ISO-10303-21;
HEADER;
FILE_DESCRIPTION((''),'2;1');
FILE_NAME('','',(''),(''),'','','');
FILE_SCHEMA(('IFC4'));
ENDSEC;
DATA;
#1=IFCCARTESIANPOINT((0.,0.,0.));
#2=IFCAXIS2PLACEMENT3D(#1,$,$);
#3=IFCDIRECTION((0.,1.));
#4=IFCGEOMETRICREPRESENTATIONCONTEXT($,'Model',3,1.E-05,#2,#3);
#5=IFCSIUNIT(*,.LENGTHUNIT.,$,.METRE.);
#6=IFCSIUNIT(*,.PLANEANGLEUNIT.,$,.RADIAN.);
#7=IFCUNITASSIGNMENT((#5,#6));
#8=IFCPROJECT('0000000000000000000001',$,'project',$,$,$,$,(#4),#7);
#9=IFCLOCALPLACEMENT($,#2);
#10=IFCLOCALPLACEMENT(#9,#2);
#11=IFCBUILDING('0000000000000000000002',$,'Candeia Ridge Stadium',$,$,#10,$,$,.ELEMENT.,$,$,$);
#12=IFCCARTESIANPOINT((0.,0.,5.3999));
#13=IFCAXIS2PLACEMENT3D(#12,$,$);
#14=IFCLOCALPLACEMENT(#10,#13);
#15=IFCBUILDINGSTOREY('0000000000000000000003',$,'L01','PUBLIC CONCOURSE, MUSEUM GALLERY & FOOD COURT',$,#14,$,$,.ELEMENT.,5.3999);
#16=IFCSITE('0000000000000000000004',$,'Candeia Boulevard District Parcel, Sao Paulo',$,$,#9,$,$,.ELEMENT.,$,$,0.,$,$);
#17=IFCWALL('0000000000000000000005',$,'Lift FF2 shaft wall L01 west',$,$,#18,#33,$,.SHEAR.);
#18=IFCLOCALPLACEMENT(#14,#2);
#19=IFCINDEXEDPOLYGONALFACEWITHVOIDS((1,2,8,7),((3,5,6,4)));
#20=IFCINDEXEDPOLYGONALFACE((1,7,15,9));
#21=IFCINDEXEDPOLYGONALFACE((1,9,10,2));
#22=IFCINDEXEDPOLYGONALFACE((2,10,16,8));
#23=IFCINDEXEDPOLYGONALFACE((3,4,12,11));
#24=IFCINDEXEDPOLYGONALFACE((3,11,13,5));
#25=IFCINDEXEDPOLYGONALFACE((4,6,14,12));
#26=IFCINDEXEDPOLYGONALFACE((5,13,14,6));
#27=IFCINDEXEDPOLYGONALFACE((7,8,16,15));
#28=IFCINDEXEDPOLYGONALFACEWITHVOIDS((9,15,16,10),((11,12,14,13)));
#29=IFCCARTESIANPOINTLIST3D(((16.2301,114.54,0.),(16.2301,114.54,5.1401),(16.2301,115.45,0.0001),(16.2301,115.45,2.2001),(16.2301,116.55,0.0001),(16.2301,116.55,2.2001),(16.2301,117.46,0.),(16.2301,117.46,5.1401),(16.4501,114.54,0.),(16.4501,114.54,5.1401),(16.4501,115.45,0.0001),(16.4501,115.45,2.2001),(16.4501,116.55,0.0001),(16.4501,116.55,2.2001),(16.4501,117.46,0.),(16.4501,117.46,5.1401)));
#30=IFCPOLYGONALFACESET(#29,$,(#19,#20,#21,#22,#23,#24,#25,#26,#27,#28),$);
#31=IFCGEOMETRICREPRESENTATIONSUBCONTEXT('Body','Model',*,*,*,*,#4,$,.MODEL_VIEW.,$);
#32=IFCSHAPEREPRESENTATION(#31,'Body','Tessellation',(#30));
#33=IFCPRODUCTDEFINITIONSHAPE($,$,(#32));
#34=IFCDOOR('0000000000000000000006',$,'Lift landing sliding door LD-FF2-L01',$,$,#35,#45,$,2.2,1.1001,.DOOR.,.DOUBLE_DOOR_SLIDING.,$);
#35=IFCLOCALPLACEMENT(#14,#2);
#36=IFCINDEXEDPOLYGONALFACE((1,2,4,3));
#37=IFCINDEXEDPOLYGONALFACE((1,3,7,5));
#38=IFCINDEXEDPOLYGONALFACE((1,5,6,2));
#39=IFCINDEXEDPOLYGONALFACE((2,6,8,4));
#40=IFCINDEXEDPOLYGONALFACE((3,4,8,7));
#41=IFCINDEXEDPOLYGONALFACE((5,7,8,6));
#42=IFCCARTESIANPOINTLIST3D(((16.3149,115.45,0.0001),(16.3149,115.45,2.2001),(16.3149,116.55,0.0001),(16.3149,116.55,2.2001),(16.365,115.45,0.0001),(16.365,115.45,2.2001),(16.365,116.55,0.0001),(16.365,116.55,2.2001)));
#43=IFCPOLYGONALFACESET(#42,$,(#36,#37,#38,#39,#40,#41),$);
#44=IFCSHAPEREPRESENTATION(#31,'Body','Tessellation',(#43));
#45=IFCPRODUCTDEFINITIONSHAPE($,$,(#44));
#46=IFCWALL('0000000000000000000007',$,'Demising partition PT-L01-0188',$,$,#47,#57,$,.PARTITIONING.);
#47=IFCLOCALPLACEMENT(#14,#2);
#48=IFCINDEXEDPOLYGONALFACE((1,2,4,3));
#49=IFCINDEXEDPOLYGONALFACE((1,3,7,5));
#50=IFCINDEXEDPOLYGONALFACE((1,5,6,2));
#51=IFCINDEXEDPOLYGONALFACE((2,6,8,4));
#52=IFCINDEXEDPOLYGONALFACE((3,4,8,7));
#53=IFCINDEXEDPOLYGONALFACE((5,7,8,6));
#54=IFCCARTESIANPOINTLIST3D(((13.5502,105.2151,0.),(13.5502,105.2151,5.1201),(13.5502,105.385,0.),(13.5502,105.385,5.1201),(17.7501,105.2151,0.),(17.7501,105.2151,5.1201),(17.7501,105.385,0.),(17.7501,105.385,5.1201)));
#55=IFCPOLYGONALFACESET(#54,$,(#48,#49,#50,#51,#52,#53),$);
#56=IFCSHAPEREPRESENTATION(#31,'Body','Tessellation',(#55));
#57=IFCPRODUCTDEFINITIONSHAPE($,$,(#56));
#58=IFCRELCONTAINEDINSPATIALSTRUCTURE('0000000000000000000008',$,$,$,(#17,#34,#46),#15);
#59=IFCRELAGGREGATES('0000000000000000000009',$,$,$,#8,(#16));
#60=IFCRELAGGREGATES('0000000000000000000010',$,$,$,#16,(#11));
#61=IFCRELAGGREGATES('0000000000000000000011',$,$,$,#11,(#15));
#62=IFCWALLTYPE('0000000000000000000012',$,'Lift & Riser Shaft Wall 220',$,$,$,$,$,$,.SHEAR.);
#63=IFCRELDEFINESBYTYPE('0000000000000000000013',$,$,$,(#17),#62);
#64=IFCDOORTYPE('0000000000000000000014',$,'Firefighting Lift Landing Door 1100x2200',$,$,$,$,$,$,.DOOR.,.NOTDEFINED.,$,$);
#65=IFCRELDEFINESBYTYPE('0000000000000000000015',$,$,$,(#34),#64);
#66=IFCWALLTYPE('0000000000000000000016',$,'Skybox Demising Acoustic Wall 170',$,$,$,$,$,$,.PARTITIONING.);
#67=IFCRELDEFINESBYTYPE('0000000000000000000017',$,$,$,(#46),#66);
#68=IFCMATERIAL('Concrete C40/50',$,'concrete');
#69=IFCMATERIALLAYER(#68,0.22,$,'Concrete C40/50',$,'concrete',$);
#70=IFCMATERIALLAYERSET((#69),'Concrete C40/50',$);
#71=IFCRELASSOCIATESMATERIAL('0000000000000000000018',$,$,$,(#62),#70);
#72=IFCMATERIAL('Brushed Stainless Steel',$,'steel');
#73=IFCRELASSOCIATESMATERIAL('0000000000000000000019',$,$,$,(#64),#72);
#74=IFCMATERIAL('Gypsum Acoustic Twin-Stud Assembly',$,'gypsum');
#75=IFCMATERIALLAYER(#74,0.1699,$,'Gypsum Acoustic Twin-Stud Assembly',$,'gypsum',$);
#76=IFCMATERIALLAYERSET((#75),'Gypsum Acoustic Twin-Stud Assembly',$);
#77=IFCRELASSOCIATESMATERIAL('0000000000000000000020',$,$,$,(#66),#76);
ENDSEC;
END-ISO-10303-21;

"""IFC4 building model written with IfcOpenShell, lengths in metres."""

from ifc_helpers import new_model, si_unit, direction, frame, frame_2d, origin, place, context, subcontext, project, spatial, rectangle, extrude, material, layer, layer_set, type_object, element, fill, save


model = new_model("IFC4")

# Units and contexts
model_context = context("Model", 3, precision=1e-05, world=origin(), true_north=direction((0.0, 1.0)))
body_context = subcontext(model_context, "Body", "Model", "MODEL_VIEW")
ifc_project = project(units=[si_unit("LENGTHUNIT", "METRE"), si_unit("PLANEANGLEUNIT", "RADIAN")], contexts=[model_context])

# Site, building, storey
site_placement = place(None, origin())
site = spatial("IfcSite", under=ifc_project, at=site_placement, Name="Candeia Boulevard District Parcel, Sao Paulo", CompositionType="ELEMENT", RefElevation=0.0)
building_placement = place(site_placement, origin())
building = spatial("IfcBuilding", under=site, at=building_placement, Name="Candeia Ridge Stadium", CompositionType="ELEMENT")
storey_placement = place(building_placement, frame((0.0, 0.0, 5.3999)))
storey = spatial("IfcBuildingStorey", under=building, at=storey_placement, Name="L01", Description="PUBLIC CONCOURSE, MUSEUM GALLERY & FOOD COURT", CompositionType="ELEMENT", Elevation=5.3999)

# Shared definitions
ifc_material_1 = material(Name="Concrete C40/50", Category="concrete")

# Shared definitions
ifc_material_2 = material(Name="Gypsum Acoustic Twin-Stud Assembly", Category="gypsum")

# Shared definitions
ifc_layer_1 = layer(ifc_material_1, 0.22, Name="Concrete C40/50", Category="concrete")
ifc_layer_set_1 = layer_set([ifc_layer_1], Name="Concrete C40/50")
wall_type_1 = type_object("IfcWallType", Name="Lift & Riser Shaft Wall 220", PredefinedType="SHEAR", material=ifc_layer_set_1)

# Wall, opening, door
wall_1_placement = place(storey_placement, frame((16.3401, 117.46, 0.0), z_axis=(0.0, 0.0, 1.0), x_axis=(0.0, -1.0, 0.0)))
wall_1 = element("IfcWall", 1, at=wall_1_placement, inside=storey, type_object=wall_type_1, Name="Lift FF2 shaft wall L01 west", PredefinedType="SHEAR", context=body_context, shape_type="SweptSolid", body=[
    extrude(rectangle(XDim=2.9199, YDim=0.22, at=frame_2d((1.46, 0.0))), origin(), (0.0, 0.0, 1.0), 5.1401),
])
opening_1_placement = place(wall_1_placement, frame((0.9099, 0.0, 0.0)))
opening_1 = element("IfcOpeningElement", 2, at=opening_1_placement, cuts=wall_1, PredefinedType="OPENING", context=body_context, shape_type="SweptSolid", body=[
    extrude(rectangle(XDim=1.1001, YDim=2.2, at=frame_2d((0.55, 1.1001))), frame((0.0, 0.1199, 0.0), z_axis=(0.0, -1.0, 0.0), x_axis=(1.0, 0.0, 0.0)), (0.0, 0.0, 1.0), 0.24),
])
ifc_material_3 = material(Name="Brushed Stainless Steel", Category="steel")
door_type_1 = type_object("IfcDoorType", Name="Firefighting Lift Landing Door 1100x2200", OperationType="NOTDEFINED", PredefinedType="DOOR", material=ifc_material_3)
door_1_placement = place(opening_1_placement, origin())
door_1 = element("IfcDoor", 3, at=door_1_placement, inside=storey, type_object=door_type_1, Name="Lift landing sliding door LD-FF2-L01", OperationType="DOUBLE_DOOR_SLIDING", OverallHeight=2.2, OverallWidth=1.1001, PredefinedType="DOOR", context=body_context, shape_type="SweptSolid", body=[
    extrude(rectangle(XDim=1.1001, YDim=2.2, at=frame_2d((0.55, 1.1001))), frame((0.0, 0.0249, 0.0), z_axis=(0.0, -1.0, 0.0), x_axis=(1.0, 0.0, 0.0)), (0.0, 0.0, 1.0), 0.05),
])
fill(opening_1, door_1)

# Wall
ifc_layer_2 = layer(ifc_material_2, 0.1699, Name="Gypsum Acoustic Twin-Stud Assembly", Category="gypsum")
ifc_layer_set_2 = layer_set([ifc_layer_2], Name="Gypsum Acoustic Twin-Stud Assembly")
wall_type_2 = type_object("IfcWallType", Name="Skybox Demising Acoustic Wall 170", PredefinedType="PARTITIONING", material=ifc_layer_set_2)
wall_2_placement = place(storey_placement, frame((13.55, 105.3, 0.0), z_axis=(0.0, 0.0, 1.0), x_axis=(1.0, 0.0, 0.0)))
element("IfcWall", 4, at=wall_2_placement, inside=storey, type_object=wall_type_2, Name="Demising partition PT-L01-0188", PredefinedType="PARTITIONING", context=body_context, shape_type="SweptSolid", body=[
    extrude(rectangle(XDim=4.2, YDim=0.1699, at=frame_2d((2.1001, 0.0))), origin(), (0.0, 0.0, 1.0), 5.1201),
])

save(model, "model.ifc")
